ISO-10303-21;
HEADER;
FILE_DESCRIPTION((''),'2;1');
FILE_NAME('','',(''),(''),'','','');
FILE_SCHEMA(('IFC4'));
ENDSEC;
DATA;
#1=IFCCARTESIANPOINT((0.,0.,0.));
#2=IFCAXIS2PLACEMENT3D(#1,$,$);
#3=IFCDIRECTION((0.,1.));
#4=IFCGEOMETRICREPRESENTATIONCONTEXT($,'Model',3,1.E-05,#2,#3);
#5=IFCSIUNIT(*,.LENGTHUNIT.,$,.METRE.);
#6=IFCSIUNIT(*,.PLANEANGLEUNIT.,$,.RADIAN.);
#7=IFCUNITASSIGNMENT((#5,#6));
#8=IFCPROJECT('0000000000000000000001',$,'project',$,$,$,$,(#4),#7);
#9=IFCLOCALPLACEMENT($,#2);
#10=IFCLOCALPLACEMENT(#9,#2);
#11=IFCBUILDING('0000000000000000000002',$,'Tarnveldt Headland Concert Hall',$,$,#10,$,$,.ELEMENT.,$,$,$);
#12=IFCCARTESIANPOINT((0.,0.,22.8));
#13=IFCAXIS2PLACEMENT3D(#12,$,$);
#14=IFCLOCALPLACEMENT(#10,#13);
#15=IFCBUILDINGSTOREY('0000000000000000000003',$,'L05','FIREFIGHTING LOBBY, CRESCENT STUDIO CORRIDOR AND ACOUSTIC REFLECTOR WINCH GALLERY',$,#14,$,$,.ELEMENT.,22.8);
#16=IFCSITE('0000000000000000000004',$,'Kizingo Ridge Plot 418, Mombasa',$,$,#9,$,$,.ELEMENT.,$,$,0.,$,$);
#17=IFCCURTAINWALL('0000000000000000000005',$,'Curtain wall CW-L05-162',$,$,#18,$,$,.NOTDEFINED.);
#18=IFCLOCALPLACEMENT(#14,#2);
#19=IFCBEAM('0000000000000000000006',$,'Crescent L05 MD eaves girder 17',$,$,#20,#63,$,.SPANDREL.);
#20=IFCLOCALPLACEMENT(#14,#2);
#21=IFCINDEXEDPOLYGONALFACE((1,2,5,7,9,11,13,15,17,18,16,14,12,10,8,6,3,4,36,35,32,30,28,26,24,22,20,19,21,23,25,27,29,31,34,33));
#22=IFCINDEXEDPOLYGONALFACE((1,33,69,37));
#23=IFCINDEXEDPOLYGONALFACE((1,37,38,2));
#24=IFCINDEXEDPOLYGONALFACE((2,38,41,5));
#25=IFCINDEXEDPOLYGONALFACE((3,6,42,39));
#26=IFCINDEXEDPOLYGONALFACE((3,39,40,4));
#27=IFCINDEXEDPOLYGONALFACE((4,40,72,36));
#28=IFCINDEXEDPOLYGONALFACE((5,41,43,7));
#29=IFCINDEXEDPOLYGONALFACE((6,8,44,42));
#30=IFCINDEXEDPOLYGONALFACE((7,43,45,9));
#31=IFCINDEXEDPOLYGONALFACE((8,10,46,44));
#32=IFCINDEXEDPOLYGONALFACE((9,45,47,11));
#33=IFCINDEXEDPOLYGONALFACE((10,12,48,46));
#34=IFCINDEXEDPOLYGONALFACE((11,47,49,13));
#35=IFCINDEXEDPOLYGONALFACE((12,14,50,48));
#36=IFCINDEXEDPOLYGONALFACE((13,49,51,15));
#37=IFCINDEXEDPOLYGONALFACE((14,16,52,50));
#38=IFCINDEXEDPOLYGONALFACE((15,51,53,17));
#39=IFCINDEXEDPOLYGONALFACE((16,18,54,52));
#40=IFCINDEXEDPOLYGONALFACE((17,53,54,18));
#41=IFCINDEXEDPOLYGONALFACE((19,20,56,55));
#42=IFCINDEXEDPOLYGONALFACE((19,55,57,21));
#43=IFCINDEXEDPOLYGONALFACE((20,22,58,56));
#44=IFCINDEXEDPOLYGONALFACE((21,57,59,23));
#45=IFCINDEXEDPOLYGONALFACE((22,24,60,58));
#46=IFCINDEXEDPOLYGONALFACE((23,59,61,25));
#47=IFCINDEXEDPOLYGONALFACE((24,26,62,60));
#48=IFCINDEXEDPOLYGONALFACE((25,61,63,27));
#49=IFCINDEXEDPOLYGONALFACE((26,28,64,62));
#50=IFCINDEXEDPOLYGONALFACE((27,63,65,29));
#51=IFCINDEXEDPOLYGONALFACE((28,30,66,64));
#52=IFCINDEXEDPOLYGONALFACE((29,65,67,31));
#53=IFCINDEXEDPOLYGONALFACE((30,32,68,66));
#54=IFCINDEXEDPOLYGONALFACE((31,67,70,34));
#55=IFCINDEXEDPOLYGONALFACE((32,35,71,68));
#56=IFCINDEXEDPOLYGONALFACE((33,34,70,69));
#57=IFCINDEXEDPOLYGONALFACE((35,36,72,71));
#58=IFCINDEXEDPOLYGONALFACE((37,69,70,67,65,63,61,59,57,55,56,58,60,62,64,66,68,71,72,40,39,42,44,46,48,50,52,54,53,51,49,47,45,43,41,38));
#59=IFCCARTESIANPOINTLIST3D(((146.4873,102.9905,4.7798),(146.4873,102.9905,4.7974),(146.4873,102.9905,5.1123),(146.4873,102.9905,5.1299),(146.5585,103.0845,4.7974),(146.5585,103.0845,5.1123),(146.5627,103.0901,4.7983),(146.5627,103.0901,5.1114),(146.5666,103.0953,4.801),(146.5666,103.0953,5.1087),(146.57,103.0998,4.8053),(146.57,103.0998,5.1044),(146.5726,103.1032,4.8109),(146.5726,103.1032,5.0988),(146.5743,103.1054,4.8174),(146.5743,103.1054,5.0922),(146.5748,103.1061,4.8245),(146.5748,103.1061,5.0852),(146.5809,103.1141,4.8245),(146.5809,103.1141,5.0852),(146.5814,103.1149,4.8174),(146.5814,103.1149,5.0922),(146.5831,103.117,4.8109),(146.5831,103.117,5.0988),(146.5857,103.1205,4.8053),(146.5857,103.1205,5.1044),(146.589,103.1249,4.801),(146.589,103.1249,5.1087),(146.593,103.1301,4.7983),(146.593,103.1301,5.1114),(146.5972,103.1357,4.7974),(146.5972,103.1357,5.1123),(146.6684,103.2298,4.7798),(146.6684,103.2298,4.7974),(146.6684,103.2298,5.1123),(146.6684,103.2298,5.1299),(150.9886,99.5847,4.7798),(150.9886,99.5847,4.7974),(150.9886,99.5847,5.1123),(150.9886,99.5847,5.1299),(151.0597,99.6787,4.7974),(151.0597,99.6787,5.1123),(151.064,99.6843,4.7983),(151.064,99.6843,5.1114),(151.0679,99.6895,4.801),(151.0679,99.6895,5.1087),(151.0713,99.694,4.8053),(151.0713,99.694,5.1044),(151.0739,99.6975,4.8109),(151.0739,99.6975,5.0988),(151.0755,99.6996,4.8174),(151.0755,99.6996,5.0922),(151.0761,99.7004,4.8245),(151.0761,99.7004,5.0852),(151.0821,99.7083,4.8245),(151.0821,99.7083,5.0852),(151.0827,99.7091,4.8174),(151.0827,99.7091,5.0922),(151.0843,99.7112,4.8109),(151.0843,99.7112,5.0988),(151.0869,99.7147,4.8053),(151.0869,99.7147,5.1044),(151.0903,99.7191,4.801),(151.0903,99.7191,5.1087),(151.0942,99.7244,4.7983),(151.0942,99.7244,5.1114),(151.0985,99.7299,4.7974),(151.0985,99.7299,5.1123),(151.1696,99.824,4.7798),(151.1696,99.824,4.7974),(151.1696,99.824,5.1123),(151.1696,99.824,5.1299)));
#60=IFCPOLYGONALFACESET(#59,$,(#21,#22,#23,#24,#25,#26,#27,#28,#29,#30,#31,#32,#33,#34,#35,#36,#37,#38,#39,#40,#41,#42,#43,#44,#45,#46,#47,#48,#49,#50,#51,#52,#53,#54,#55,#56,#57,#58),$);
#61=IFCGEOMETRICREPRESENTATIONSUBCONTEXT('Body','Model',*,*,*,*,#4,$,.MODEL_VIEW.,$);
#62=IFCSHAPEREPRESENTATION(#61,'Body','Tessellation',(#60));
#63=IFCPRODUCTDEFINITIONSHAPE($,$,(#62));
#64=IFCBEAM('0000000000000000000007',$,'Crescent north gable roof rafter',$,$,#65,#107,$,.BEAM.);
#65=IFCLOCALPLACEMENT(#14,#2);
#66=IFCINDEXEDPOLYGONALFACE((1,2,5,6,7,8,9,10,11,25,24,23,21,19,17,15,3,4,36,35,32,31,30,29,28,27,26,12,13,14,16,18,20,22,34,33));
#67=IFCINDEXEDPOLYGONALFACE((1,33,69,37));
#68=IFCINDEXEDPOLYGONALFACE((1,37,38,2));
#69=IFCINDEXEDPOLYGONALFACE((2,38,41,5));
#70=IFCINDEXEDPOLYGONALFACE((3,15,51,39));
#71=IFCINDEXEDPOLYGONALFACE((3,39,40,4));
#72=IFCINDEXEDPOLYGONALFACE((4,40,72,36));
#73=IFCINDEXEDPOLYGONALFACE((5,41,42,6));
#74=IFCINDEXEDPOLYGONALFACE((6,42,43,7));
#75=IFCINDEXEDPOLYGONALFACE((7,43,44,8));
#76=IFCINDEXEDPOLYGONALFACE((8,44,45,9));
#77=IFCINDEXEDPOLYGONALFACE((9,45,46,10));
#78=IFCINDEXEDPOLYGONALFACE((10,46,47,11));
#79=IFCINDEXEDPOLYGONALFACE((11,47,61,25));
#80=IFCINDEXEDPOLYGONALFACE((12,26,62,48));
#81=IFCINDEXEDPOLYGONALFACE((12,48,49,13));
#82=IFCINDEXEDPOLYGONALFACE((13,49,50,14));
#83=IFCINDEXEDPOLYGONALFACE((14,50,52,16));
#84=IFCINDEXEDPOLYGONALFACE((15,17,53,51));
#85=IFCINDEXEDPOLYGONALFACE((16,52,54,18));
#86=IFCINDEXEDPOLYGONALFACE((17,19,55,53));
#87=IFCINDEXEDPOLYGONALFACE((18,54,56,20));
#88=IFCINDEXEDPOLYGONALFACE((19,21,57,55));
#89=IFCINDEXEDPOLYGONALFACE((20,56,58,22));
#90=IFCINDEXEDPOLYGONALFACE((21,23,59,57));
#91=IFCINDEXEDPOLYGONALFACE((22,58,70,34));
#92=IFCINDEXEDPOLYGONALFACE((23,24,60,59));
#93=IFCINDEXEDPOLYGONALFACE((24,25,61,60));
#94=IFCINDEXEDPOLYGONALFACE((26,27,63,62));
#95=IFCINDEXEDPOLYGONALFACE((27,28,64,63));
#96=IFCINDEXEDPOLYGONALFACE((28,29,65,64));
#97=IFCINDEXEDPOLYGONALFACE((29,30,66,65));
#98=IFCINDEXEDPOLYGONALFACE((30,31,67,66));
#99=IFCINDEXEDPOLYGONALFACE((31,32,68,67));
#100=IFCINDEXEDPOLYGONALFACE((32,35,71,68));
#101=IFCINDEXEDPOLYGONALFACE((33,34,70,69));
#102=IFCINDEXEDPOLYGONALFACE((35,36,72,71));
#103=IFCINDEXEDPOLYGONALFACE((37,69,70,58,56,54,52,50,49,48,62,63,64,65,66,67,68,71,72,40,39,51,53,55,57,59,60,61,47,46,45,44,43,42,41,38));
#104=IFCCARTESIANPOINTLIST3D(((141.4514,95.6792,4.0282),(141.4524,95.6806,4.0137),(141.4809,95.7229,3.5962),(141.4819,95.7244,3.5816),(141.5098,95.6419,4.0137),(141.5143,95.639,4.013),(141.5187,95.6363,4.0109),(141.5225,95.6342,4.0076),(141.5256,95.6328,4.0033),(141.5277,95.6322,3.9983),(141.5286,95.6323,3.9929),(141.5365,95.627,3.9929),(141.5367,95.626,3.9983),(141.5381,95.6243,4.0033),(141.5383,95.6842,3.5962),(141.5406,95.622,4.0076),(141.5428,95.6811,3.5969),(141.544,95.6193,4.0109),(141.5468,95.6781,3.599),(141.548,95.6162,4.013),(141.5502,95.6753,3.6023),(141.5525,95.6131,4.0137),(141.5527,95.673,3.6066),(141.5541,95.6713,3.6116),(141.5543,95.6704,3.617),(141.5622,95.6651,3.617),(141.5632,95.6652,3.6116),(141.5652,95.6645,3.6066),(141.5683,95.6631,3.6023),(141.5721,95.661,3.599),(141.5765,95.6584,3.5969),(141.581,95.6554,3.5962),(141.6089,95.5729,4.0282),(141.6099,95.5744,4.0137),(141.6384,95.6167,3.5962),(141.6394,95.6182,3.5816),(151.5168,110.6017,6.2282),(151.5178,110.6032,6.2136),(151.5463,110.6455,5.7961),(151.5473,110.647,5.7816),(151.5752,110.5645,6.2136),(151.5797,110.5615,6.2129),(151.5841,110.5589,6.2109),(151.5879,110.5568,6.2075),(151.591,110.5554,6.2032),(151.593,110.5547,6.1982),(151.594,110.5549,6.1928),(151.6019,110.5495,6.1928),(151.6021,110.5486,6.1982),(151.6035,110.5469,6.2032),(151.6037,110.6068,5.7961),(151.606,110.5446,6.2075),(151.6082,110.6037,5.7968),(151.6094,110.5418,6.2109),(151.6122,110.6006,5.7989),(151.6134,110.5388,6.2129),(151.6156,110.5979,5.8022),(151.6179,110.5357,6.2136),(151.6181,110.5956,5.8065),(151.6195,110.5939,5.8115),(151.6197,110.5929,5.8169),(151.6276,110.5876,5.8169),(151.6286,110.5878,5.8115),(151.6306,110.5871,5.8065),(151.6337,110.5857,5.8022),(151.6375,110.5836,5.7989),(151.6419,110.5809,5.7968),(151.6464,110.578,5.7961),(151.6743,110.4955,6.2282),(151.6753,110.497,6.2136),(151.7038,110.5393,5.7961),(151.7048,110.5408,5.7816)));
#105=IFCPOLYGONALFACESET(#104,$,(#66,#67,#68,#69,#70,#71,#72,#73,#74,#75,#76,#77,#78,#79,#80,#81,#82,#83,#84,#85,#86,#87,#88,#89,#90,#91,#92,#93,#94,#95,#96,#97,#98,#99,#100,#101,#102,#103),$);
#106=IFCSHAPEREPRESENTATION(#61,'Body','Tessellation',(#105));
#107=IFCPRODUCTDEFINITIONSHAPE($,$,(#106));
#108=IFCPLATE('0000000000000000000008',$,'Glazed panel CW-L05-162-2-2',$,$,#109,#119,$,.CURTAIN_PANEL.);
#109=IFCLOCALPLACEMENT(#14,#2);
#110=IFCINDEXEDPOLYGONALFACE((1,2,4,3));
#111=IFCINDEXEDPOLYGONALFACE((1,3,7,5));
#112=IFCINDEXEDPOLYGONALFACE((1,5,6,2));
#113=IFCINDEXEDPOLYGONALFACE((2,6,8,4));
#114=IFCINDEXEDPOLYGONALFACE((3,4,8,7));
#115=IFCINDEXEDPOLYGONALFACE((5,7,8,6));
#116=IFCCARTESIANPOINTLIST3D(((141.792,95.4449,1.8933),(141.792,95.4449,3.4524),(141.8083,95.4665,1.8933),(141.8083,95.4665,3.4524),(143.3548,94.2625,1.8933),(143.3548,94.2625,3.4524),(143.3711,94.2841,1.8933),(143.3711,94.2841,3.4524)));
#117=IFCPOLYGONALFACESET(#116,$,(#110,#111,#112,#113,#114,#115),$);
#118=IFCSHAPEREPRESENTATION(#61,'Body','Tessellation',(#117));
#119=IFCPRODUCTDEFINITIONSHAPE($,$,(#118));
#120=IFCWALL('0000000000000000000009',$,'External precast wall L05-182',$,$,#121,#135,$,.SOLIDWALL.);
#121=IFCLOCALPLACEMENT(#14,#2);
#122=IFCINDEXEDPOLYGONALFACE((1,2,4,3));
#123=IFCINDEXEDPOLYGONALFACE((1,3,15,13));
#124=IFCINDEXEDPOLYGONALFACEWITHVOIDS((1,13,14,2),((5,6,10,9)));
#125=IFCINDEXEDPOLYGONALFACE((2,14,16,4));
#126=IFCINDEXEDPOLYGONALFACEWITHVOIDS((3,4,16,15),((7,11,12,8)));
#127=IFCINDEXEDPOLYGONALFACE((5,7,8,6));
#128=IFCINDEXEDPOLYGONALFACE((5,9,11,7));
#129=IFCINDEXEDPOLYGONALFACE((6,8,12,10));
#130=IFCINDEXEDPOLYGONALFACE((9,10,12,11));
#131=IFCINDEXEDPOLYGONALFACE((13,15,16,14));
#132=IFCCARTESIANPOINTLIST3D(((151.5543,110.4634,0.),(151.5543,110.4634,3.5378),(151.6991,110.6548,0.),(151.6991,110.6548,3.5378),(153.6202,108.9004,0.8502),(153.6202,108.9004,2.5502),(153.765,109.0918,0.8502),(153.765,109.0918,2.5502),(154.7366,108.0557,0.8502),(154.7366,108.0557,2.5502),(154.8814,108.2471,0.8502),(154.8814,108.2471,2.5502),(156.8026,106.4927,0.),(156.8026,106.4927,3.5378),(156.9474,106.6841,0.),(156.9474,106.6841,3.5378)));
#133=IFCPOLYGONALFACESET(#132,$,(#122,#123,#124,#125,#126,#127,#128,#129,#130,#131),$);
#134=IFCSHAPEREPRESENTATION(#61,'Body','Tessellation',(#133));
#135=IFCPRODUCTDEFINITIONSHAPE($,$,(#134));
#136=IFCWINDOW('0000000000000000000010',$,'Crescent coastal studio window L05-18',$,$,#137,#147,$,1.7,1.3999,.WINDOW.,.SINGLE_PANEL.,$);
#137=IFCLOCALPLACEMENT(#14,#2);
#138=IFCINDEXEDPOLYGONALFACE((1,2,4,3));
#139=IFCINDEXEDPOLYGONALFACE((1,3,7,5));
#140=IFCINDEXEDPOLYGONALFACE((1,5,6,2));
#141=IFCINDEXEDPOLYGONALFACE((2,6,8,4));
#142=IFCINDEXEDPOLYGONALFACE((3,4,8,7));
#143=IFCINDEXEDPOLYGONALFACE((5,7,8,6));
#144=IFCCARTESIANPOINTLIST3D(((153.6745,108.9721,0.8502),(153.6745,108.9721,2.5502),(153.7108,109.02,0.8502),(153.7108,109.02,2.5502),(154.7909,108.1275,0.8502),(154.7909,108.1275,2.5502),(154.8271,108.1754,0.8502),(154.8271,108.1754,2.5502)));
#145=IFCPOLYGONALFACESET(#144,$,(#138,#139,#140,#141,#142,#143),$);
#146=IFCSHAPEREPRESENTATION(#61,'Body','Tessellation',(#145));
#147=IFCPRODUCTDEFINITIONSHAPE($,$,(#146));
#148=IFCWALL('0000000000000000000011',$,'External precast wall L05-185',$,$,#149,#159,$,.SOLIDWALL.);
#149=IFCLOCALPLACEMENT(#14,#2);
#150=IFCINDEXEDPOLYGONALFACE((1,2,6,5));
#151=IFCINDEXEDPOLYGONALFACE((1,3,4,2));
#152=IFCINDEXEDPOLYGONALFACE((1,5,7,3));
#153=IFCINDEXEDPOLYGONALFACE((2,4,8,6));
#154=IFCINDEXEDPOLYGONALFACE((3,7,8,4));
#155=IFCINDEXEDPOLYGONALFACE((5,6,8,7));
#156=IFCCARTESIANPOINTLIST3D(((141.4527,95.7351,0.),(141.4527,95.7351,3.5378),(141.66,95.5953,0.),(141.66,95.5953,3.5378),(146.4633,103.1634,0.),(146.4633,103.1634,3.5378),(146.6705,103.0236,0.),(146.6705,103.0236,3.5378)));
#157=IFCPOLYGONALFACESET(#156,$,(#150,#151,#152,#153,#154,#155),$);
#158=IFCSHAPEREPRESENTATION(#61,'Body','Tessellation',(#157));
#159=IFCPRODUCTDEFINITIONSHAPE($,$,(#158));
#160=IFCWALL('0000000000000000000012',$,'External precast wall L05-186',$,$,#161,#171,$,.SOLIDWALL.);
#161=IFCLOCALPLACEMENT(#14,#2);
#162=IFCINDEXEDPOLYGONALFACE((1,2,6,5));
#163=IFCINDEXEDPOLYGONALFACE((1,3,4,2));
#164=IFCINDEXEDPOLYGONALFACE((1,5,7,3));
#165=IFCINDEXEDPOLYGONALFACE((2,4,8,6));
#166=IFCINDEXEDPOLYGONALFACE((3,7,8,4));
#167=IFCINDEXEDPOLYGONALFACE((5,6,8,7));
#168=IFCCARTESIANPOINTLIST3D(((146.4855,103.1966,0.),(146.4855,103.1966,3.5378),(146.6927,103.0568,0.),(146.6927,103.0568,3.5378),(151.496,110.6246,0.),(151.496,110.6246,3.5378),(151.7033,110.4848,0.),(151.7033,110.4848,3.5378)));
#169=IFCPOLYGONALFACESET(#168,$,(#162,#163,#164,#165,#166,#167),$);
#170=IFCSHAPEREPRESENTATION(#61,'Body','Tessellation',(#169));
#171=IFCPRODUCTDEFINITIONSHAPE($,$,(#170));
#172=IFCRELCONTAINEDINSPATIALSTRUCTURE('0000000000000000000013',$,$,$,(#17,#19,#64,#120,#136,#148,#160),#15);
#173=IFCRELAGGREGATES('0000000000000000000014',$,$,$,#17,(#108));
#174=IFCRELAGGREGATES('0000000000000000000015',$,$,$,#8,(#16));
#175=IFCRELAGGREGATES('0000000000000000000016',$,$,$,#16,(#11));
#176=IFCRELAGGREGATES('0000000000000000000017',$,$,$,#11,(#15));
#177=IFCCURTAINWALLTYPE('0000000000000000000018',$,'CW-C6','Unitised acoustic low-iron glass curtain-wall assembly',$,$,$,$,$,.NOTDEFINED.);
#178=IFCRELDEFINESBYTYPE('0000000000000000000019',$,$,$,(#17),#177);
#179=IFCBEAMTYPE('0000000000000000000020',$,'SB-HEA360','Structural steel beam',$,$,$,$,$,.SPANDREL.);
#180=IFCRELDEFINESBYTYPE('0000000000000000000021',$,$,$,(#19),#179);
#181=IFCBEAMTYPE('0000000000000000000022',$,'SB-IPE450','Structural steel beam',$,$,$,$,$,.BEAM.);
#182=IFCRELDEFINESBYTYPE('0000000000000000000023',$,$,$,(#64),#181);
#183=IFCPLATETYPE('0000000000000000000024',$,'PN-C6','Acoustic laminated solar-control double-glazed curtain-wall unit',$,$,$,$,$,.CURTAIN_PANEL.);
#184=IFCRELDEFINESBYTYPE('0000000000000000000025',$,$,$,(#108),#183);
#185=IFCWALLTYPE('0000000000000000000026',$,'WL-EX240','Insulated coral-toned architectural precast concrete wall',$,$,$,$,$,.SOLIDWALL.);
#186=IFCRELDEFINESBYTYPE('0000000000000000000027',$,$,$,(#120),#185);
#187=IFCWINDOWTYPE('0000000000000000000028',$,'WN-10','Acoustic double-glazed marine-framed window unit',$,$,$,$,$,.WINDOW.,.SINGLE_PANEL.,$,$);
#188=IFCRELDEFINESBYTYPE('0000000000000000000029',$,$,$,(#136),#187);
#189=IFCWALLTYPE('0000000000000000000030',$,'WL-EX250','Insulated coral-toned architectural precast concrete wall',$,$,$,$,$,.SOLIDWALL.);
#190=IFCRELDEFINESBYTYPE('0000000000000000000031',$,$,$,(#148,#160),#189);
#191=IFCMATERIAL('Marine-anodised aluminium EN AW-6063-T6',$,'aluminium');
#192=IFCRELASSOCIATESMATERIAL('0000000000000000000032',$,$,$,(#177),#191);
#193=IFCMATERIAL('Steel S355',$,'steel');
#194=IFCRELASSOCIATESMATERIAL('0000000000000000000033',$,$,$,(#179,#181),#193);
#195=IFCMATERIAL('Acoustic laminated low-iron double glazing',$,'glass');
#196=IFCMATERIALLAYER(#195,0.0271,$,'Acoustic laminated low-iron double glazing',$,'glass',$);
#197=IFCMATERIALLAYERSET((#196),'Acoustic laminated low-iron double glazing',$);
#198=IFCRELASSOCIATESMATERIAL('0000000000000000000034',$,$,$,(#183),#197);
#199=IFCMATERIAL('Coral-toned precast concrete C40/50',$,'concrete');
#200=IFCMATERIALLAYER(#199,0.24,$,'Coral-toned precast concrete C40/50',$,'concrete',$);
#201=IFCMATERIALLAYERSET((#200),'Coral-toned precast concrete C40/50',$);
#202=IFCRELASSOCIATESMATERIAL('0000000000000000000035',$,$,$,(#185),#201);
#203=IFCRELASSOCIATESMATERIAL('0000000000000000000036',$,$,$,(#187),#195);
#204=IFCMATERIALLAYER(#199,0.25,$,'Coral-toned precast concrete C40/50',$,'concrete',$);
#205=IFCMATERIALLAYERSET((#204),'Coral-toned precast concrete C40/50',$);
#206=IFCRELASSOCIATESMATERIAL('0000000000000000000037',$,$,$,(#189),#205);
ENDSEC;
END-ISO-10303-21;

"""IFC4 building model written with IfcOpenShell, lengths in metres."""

from ifc_helpers import new_model, si_unit, direction, frame, frame_2d, origin, origin_2d, place, context, subcontext, project, spatial, rectangle, i_section, extrude, material, layer, layer_set, material_profile, profile_set, type_object, element, fill, aggregate, save


model = new_model("IFC4")

# Units and contexts
model_context = context("Model", 3, precision=1e-05, world=origin(), true_north=direction((0.0, 1.0)))
body_context = subcontext(model_context, "Body", "Model", "MODEL_VIEW")
ifc_project = project(units=[si_unit("LENGTHUNIT", "METRE"), si_unit("PLANEANGLEUNIT", "RADIAN")], contexts=[model_context])

# Site, building, storey
site_placement = place(None, origin())
site = spatial("IfcSite", under=ifc_project, at=site_placement, Name="Kizingo Ridge Plot 418, Mombasa", CompositionType="ELEMENT", RefElevation=0.0)
building_placement = place(site_placement, origin())
building = spatial("IfcBuilding", under=site, at=building_placement, Name="Tarnveldt Headland Concert Hall", CompositionType="ELEMENT")
storey_placement = place(building_placement, frame((0.0, 0.0, 22.8)))
storey = spatial("IfcBuildingStorey", under=building, at=storey_placement, Name="L05", Description="FIREFIGHTING LOBBY, CRESCENT STUDIO CORRIDOR AND ACOUSTIC REFLECTOR WINCH GALLERY", CompositionType="ELEMENT", Elevation=22.8)

# Shared definitions
ifc_material_1 = material(Name="Steel S355", Category="steel")

# Curtain wall
ifc_material_2 = material(Name="Marine-anodised aluminium EN AW-6063-T6", Category="aluminium")
curtain_wall_type = type_object("IfcCurtainWallType", Name="CW-C6", Description="Unitised acoustic low-iron glass curtain-wall assembly", PredefinedType="NOTDEFINED", material=ifc_material_2)
curtain_wall_placement = place(storey_placement, origin())
curtain_wall = element("IfcCurtainWall", 1, at=curtain_wall_placement, inside=storey, type_object=curtain_wall_type, Name="Curtain wall CW-L05-162", PredefinedType="NOTDEFINED")

# Beams
ifc_material_profile_1 = material_profile(ifc_material_1, i_section(OverallWidth=0.3, OverallDepth=0.3501, WebThickness=0.01, FlangeThickness=0.0176, FilletRadius=0.0271, at=origin_2d()), Name="HEA360", Category="steel")
ifc_profile_set_1 = profile_set([ifc_material_profile_1], Name="Steel S355")
beam_type_1 = type_object("IfcBeamType", Name="SB-HEA360", Description="Structural steel beam", PredefinedType="SPANDREL", material=ifc_profile_set_1)
beam_1_placement = place(storey_placement, frame((151.0791, 99.7043, 4.9548), z_axis=(-0.797455, 0.603379, 0.0), x_axis=(-0.603379, -0.797455, 0.0)))
element("IfcBeam", 2, at=beam_1_placement, inside=storey, type_object=beam_type_1, Name="Crescent L05 MD eaves girder 17", PredefinedType="SPANDREL", context=body_context, shape_type="SweptSolid", body=[
    extrude(i_section(OverallWidth=0.3, OverallDepth=0.3501, WebThickness=0.01, FlangeThickness=0.0176, FilletRadius=0.0271, at=origin_2d()), origin(), (0.0, 0.0, 1.0), 5.6445),
])
ifc_material_profile_2 = material_profile(ifc_material_1, i_section(OverallWidth=0.1899, OverallDepth=0.45, WebThickness=0.0095, FlangeThickness=0.0146, FilletRadius=0.021, at=origin_2d()), Name="IPE450", Category="steel")
ifc_profile_set_2 = profile_set([ifc_material_profile_2], Name="Steel S355")
beam_type_2 = type_object("IfcBeamType", Name="SB-IPE450", Description="Structural steel beam", PredefinedType="BEAM", material=ifc_profile_set_2)
beam_2_placement = place(storey_placement, frame((141.5454, 95.6487, 3.8049), z_axis=(0.555063, 0.822914, 0.121317), x_axis=(-0.829037, 0.559193, 0.0)))
element("IfcBeam", 3, at=beam_2_placement, inside=storey, type_object=beam_type_2, Name="Crescent north gable roof rafter", PredefinedType="BEAM", context=body_context, shape_type="SweptSolid", body=[
    extrude(i_section(OverallWidth=0.1899, OverallDepth=0.45, WebThickness=0.0095, FlangeThickness=0.0146, FilletRadius=0.021, at=origin_2d()), origin(), (0.0, 0.0, 1.0), 18.1338),
])

# Plate
ifc_material_3 = material(Name="Acoustic laminated low-iron double glazing", Category="glass")
ifc_layer_1 = layer(ifc_material_3, 0.0271, Name="Acoustic laminated low-iron double glazing", Category="glass")
ifc_layer_set_1 = layer_set([ifc_layer_1], Name="Acoustic laminated low-iron double glazing")
plate_type = type_object("IfcPlateType", Name="PN-C6", Description="Acoustic laminated solar-control double-glazed curtain-wall unit", PredefinedType="CURTAIN_PANEL", material=ifc_layer_set_1)
plate_placement = place(storey_placement, frame((142.5815, 94.8645, 1.8933), z_axis=(0.0, 0.0, 1.0), x_axis=(-0.797479, 0.603347, 0.0)))
plate = element("IfcPlate", 4, at=plate_placement, type_object=plate_type, Name="Glazed panel CW-L05-162-2-2", PredefinedType="CURTAIN_PANEL", context=body_context, shape_type="SweptSolid", body=[
    extrude(rectangle(XDim=1.9597, YDim=0.0271, at=origin_2d()), origin(), (0.0, 0.0, 1.0), 1.5591),
])
aggregate(curtain_wall, [plate])

# Wall, opening, window
ifc_material_4 = material(Name="Coral-toned precast concrete C40/50", Category="concrete")
ifc_layer_2 = layer(ifc_material_4, 0.24, Name="Coral-toned precast concrete C40/50", Category="concrete")
ifc_layer_set_2 = layer_set([ifc_layer_2], Name="Coral-toned precast concrete C40/50")
wall_type_1 = type_object("IfcWallType", Name="WL-EX240", Description="Insulated coral-toned architectural precast concrete wall", PredefinedType="SOLIDWALL", material=ifc_layer_set_2)
wall_1_placement = place(storey_placement, frame((151.6267, 110.5591, 0.0), z_axis=(0.0, 0.0, 1.0), x_axis=(0.797478, -0.603348, 0.0)))
wall_1 = element("IfcWall", 5, at=wall_1_placement, inside=storey, type_object=wall_type_1, Name="External precast wall L05-182", PredefinedType="SOLIDWALL", context=body_context, shape_type="SweptSolid", body=[
    extrude(rectangle(XDim=6.5811, YDim=0.24, at=frame_2d((3.2905, 0.0))), origin(), (0.0, 0.0, 1.0), 3.5378),
])
opening_1_placement = place(wall_1_placement, frame((2.5906, 0.0, 0.8501)))
opening_1 = element("IfcOpeningElement", 6, at=opening_1_placement, cuts=wall_1, PredefinedType="OPENING", context=body_context, shape_type="SweptSolid", body=[
    extrude(rectangle(XDim=1.3999, YDim=1.7, at=frame_2d((0.7, 0.8501))), frame((0.0, 0.1299, 0.0), z_axis=(0.0, -1.0, 0.0), x_axis=(1.0, 0.0, 0.0)), (0.0, 0.0, 1.0), 0.26),
])
window_type = type_object("IfcWindowType", Name="WN-10", Description="Acoustic double-glazed marine-framed window unit", PartitioningType="SINGLE_PANEL", PredefinedType="WINDOW", material=ifc_material_3)
window_placement = place(opening_1_placement, origin())
window = element("IfcWindow", 7, at=window_placement, inside=storey, type_object=window_type, Name="Crescent coastal studio window L05-18", OverallHeight=1.7, OverallWidth=1.3999, PartitioningType="SINGLE_PANEL", PredefinedType="WINDOW", context=body_context, shape_type="SweptSolid", body=[
    extrude(rectangle(XDim=1.3999, YDim=1.7, at=frame_2d((0.7, 0.8501))), frame((0.0, 0.03, 0.0), z_axis=(0.0, -1.0, 0.0), x_axis=(1.0, 0.0, 0.0)), (0.0, 0.0, 1.0), 0.0601),
])
fill(opening_1, window)

# Walls
ifc_layer_3 = layer(ifc_material_4, 0.25, Name="Coral-toned precast concrete C40/50", Category="concrete")
ifc_layer_set_3 = layer_set([ifc_layer_3], Name="Coral-toned precast concrete C40/50")
wall_type_2 = type_object("IfcWallType", Name="WL-EX250", Description="Insulated coral-toned architectural precast concrete wall", PredefinedType="SOLIDWALL", material=ifc_layer_set_3)
wall_2_placement = place(storey_placement, frame((141.5564, 95.6653, 0.0), z_axis=(0.0, 0.0, 1.0), x_axis=(0.5592, 0.829032, 0.0)))
element("IfcWall", 8, at=wall_2_placement, inside=storey, type_object=wall_type_2, Name="External precast wall L05-185", PredefinedType="SOLIDWALL", context=body_context, shape_type="SweptSolid", body=[
    extrude(rectangle(XDim=8.9602, YDim=0.25, at=frame_2d((4.48, 0.0))), origin(), (0.0, 0.0, 1.0), 3.5378),
])
wall_3_placement = place(storey_placement, frame((146.5891, 103.1267, 0.0), z_axis=(0.0, 0.0, 1.0), x_axis=(0.559213, 0.829024, 0.0)))
element("IfcWall", 9, at=wall_3_placement, inside=storey, type_object=wall_type_2, Name="External precast wall L05-186", PredefinedType="SOLIDWALL", context=body_context, shape_type="SweptSolid", body=[
    extrude(rectangle(XDim=8.96, YDim=0.25, at=frame_2d((4.48, 0.0))), origin(), (0.0, 0.0, 1.0), 3.5378),
])

save(model, "model.ifc")
